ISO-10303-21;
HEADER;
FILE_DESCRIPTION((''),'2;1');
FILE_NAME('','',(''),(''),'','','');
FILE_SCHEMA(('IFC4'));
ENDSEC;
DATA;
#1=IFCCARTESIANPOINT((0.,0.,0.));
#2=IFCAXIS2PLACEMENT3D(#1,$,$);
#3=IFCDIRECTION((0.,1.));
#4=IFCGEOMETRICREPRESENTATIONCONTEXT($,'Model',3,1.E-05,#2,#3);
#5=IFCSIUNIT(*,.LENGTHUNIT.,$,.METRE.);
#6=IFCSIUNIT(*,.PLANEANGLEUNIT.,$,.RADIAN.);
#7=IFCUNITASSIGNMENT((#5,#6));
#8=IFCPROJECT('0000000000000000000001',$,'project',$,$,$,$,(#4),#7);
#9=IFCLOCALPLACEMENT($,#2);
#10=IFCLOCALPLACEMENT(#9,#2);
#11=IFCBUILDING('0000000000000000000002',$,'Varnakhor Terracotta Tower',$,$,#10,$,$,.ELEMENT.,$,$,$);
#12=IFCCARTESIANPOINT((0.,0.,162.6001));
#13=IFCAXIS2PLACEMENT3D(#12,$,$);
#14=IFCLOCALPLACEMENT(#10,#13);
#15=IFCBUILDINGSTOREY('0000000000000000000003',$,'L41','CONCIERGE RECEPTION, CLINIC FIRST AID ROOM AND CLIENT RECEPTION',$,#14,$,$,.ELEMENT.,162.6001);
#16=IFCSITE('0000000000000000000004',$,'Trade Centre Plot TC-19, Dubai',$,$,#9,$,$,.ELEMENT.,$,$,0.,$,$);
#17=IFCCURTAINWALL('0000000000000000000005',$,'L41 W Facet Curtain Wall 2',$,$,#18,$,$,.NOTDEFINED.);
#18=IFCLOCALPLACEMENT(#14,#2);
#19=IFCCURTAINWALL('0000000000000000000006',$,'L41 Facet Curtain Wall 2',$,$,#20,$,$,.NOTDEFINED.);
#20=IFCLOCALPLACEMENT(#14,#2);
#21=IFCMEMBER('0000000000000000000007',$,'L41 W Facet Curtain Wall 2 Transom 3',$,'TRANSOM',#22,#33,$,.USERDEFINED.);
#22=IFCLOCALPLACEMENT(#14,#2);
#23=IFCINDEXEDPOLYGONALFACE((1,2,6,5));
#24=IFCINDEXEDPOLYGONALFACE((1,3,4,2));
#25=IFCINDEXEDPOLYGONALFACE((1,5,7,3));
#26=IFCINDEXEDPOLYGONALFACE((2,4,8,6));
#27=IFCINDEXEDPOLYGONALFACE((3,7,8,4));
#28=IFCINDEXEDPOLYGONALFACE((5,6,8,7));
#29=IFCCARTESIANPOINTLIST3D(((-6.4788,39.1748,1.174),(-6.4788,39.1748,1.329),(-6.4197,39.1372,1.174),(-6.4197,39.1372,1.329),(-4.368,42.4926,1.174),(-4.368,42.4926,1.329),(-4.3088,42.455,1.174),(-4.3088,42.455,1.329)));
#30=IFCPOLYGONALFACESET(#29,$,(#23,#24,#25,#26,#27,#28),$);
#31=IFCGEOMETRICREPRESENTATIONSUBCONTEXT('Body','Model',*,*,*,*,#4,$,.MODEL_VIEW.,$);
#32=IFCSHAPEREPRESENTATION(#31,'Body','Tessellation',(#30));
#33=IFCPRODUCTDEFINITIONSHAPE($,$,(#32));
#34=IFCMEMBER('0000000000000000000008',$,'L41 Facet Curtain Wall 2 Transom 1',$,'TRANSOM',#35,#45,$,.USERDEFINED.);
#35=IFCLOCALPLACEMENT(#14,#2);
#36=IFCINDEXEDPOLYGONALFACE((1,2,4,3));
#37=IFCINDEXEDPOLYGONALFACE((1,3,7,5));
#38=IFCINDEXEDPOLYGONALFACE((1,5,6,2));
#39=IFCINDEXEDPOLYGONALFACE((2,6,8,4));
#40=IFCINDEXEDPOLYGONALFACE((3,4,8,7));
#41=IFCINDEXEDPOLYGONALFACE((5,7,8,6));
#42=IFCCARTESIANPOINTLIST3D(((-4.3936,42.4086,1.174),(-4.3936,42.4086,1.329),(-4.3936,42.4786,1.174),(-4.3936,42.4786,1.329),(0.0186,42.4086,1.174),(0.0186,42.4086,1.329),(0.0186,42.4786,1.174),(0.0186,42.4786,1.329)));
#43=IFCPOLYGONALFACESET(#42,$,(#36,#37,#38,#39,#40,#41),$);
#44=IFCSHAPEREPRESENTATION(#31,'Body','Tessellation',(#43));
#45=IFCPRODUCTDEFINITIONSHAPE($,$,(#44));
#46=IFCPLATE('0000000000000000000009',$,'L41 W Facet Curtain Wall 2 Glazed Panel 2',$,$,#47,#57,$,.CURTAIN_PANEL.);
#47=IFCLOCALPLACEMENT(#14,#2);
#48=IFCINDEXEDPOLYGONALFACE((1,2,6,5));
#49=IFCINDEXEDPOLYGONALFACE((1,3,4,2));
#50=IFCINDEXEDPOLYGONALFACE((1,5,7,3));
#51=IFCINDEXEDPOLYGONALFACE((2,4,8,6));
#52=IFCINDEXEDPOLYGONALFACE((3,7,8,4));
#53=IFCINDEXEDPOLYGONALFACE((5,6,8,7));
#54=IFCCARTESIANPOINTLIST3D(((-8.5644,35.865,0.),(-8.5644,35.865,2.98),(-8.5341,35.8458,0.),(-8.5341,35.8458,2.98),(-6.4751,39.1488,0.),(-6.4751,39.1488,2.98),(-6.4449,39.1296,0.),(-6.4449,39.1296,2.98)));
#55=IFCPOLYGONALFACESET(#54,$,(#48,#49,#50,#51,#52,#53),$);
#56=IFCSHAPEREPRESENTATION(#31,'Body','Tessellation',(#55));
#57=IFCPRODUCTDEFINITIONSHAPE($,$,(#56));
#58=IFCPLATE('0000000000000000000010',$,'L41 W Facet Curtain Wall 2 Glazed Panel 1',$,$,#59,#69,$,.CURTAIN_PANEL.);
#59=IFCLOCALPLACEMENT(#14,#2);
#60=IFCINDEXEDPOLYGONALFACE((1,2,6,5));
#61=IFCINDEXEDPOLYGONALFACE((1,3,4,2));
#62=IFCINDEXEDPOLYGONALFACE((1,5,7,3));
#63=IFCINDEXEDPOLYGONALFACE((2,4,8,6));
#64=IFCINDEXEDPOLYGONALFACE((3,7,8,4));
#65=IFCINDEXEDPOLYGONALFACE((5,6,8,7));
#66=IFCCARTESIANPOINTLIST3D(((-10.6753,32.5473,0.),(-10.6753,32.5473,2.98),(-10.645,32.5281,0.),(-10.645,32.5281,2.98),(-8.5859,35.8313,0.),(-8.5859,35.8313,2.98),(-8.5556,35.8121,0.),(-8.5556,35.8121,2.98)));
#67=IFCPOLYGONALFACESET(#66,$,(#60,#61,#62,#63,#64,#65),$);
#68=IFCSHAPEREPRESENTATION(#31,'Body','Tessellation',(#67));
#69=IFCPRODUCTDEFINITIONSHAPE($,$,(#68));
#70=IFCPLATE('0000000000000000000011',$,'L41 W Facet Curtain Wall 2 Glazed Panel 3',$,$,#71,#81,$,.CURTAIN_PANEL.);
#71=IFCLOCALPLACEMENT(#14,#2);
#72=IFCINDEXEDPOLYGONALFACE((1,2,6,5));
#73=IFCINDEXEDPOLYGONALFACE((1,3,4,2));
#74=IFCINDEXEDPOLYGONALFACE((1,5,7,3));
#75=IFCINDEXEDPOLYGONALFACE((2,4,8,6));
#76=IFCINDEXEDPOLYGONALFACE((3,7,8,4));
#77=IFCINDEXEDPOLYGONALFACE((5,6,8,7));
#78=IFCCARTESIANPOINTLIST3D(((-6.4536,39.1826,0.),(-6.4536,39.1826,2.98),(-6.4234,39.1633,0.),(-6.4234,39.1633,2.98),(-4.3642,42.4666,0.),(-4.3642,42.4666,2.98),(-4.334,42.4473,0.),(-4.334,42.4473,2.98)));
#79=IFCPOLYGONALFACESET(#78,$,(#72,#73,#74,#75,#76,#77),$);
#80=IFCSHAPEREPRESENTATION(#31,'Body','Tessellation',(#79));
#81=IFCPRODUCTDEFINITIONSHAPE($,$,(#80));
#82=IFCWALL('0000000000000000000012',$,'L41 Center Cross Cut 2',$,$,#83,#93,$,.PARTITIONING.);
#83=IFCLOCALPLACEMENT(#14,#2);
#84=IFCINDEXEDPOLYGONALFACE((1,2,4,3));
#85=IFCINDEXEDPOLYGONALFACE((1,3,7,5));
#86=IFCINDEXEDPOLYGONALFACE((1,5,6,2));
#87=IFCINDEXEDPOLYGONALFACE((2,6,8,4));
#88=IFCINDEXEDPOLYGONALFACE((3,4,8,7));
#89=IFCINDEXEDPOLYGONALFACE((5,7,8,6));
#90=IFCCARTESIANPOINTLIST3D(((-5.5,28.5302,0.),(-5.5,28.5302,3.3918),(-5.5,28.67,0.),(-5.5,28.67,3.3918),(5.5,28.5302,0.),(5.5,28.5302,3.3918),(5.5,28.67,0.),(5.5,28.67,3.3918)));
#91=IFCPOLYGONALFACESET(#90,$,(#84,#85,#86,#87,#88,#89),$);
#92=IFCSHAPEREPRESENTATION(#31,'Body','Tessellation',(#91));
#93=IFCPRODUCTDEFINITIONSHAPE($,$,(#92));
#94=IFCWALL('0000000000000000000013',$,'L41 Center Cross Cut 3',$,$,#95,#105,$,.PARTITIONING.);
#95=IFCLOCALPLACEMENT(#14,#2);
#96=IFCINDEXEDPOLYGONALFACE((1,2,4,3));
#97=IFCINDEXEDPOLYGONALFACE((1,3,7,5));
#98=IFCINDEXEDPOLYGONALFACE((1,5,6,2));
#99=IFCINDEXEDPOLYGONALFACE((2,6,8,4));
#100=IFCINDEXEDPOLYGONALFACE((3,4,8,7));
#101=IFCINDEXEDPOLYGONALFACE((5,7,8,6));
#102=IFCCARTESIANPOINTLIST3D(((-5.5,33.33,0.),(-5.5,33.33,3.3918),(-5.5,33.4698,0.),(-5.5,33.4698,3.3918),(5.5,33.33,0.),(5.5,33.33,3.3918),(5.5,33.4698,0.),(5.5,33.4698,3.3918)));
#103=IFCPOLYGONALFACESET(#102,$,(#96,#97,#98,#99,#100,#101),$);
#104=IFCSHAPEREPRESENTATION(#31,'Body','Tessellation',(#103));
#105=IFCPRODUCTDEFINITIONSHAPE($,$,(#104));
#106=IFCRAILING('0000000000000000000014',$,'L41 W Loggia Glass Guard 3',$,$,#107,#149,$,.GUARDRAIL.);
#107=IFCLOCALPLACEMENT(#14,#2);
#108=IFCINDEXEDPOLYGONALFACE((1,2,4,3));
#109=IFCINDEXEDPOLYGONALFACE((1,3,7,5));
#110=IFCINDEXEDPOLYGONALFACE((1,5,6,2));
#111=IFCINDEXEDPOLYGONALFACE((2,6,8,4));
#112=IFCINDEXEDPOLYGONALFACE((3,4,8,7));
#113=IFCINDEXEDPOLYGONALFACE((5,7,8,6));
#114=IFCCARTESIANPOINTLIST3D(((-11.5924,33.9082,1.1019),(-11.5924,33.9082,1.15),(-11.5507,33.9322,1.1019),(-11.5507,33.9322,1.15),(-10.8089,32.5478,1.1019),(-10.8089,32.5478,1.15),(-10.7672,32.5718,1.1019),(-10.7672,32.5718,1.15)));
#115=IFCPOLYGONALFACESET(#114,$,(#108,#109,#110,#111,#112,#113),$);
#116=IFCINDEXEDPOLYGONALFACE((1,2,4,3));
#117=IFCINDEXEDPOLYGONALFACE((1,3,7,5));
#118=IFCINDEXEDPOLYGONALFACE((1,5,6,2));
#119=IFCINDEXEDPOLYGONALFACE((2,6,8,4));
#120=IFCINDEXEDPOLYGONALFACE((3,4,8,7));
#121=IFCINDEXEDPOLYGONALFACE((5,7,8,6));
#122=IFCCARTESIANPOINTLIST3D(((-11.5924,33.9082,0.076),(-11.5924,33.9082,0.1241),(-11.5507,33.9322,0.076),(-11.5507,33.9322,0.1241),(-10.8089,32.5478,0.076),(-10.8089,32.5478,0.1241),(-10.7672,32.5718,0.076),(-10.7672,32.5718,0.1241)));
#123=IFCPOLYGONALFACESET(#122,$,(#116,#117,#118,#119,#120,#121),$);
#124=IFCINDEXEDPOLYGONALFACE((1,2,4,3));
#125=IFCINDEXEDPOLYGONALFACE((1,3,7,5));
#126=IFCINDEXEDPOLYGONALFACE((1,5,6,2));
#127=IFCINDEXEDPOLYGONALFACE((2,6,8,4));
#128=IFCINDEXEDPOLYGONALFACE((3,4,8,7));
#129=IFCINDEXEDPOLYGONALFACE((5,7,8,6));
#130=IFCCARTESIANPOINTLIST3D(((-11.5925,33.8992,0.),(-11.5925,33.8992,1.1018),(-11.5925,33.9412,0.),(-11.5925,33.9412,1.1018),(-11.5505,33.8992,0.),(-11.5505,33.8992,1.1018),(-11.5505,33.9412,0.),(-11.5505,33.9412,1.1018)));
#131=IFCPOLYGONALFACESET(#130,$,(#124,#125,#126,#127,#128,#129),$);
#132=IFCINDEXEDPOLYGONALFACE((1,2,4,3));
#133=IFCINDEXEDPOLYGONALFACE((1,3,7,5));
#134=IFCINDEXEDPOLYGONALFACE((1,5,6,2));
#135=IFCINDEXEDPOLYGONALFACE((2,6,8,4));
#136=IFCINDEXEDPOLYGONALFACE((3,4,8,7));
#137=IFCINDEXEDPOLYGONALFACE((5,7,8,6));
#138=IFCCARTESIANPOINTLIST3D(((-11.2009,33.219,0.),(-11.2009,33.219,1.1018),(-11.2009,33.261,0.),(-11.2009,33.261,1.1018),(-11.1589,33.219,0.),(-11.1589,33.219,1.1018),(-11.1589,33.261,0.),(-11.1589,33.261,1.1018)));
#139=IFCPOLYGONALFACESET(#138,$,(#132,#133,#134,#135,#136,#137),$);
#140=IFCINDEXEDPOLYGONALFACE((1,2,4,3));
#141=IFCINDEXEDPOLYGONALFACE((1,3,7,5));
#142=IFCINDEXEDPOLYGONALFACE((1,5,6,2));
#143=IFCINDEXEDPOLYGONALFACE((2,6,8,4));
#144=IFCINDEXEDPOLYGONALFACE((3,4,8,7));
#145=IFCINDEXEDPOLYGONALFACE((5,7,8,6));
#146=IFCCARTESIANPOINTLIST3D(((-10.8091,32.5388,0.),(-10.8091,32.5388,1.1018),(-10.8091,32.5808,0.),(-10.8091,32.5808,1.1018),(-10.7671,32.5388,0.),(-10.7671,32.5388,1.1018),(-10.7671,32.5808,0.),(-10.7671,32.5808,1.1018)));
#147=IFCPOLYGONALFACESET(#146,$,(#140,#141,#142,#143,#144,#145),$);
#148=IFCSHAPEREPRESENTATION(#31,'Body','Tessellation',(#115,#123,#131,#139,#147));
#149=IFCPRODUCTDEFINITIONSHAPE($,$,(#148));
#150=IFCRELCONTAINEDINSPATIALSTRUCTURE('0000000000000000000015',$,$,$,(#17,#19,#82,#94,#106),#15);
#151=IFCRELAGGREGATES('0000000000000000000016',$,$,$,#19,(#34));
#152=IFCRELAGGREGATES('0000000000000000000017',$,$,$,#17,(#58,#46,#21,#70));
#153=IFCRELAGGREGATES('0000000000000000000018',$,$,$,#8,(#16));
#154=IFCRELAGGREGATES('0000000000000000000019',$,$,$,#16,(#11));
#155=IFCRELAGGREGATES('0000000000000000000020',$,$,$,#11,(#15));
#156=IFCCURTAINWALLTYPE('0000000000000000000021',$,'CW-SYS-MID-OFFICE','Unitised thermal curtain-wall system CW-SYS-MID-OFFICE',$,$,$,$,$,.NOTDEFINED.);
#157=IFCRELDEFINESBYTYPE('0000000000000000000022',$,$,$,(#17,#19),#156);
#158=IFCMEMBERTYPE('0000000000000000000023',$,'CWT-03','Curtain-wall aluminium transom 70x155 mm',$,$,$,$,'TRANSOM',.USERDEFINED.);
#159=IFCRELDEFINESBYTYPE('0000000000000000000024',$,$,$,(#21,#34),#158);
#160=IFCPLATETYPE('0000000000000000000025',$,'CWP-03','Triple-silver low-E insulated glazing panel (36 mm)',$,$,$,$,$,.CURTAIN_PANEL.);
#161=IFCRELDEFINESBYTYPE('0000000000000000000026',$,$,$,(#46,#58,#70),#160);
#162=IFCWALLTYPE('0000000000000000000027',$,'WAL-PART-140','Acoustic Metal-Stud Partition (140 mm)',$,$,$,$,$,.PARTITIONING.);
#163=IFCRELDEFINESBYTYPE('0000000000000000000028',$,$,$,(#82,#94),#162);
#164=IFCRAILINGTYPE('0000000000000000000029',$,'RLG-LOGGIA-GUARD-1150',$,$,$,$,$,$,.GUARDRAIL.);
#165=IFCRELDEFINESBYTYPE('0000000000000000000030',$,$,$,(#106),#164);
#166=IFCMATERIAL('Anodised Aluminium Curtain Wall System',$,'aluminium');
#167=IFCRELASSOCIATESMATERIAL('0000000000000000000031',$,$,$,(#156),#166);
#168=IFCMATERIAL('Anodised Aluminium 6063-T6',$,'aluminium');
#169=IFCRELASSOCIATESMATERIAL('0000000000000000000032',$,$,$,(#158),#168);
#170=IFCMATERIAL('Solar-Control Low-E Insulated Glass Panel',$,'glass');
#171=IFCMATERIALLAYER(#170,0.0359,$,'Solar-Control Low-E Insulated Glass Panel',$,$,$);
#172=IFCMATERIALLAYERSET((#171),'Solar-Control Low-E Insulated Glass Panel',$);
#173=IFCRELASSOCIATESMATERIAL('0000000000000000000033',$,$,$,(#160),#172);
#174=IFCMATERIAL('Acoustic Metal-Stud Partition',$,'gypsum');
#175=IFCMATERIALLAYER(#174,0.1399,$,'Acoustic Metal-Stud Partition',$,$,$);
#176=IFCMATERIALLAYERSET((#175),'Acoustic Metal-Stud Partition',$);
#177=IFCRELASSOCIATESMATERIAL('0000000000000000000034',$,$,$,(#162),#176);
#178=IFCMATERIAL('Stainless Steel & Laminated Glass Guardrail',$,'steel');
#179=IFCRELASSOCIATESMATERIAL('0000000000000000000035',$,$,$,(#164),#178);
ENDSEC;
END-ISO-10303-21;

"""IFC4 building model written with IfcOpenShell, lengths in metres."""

from ifc_helpers import new_model, si_unit, direction, frame, frame_2d, origin, origin_2d, place, context, subcontext, project, spatial, rectangle, extrude, source, transform, mapped, material, layer, layer_set, material_profile, profile_set, type_object, element, aggregate, save


model = new_model("IFC4")

# Units and contexts
model_context = context("Model", 3, precision=1e-05, world=origin(), true_north=direction((0.0, 1.0)))
body_context = subcontext(model_context, "Body", "Model", "MODEL_VIEW")
ifc_project = project(units=[si_unit("LENGTHUNIT", "METRE"), si_unit("PLANEANGLEUNIT", "RADIAN")], contexts=[model_context])

# Site, building, storey
site_placement = place(None, origin())
site = spatial("IfcSite", under=ifc_project, at=site_placement, Name="Trade Centre Plot TC-19, Dubai", CompositionType="ELEMENT", RefElevation=0.0)
building_placement = place(site_placement, origin())
building = spatial("IfcBuilding", under=site, at=building_placement, Name="Varnakhor Terracotta Tower", CompositionType="ELEMENT")
storey_placement = place(building_placement, frame((0.0, 0.0, 162.6001)))
storey = spatial("IfcBuildingStorey", under=building, at=storey_placement, Name="L41", Description="CONCIERGE RECEPTION, CLINIC FIRST AID ROOM AND CLIENT RECEPTION", CompositionType="ELEMENT", Elevation=162.6001)

# Curtain wall
ifc_material_1 = material(Name="Anodised Aluminium Curtain Wall System", Category="aluminium")
curtain_wall_type = type_object("IfcCurtainWallType", Name="CW-SYS-MID-OFFICE", Description="Unitised thermal curtain-wall system CW-SYS-MID-OFFICE", PredefinedType="NOTDEFINED", material=ifc_material_1)
curtain_wall_1_placement = place(storey_placement, origin())
curtain_wall_1 = element("IfcCurtainWall", 1, at=curtain_wall_1_placement, inside=storey, type_object=curtain_wall_type, Name="L41 W Facet Curtain Wall 2", PredefinedType="NOTDEFINED")
ifc_material_2 = material(Name="Anodised Aluminium 6063-T6", Category="aluminium")

# Curtain wall
curtain_wall_2_placement = place(storey_placement, origin())
curtain_wall_2 = element("IfcCurtainWall", 2, at=curtain_wall_2_placement, inside=storey, type_object=curtain_wall_type, Name="L41 Facet Curtain Wall 2", PredefinedType="NOTDEFINED")

# Members
ifc_material_profile_1 = material_profile(ifc_material_2, rectangle(XDim=0.0701, YDim=0.155, at=origin_2d()), Name="ALU TRANSOM 70x155")
ifc_profile_set_1 = profile_set([ifc_material_profile_1], Name="Anodised Aluminium 6063-T6")
member_type_1 = type_object("IfcMemberType", Name="CWT-03", Description="Curtain-wall aluminium transom 70x155 mm", ElementType="TRANSOM", PredefinedType="USERDEFINED", material=ifc_profile_set_1)
shared_shape_1 = source(origin(), body_context, "Body", "SweptSolid", [
    extrude(rectangle(XDim=0.0701, YDim=0.155, at=origin_2d()), origin(), (0.0, 0.0, 1.0), 3.9324),
])
member_1_placement = place(storey_placement, frame((-6.4492, 39.156, 1.2515), z_axis=(0.536779, 0.843723, 0.0), x_axis=(-0.843723, 0.536779, 0.0)))
member_1 = element("IfcMember", 3, at=member_1_placement, type_object=member_type_1, Name="L41 W Facet Curtain Wall 2 Transom 3", ObjectType="TRANSOM", PredefinedType="USERDEFINED", context=body_context, shape_type="MappedRepresentation", body=[
    mapped(shared_shape_1, transform((0.0, 0.0, 0.0), scale=1.0)),
])
shared_shape_2 = source(origin(), body_context, "Body", "SweptSolid", [
    extrude(rectangle(XDim=0.0701, YDim=0.155, at=origin_2d()), origin(), (0.0, 0.0, 1.0), 4.4121),
])
member_2_placement = place(storey_placement, frame((-4.3936, 42.4436, 1.2515), z_axis=(1.0, 0.0, 0.0), x_axis=(0.0, 1.0, 0.0)))
member_2 = element("IfcMember", 4, at=member_2_placement, type_object=member_type_1, Name="L41 Facet Curtain Wall 2 Transom 1", ObjectType="TRANSOM", PredefinedType="USERDEFINED", context=body_context, shape_type="MappedRepresentation", body=[
    mapped(shared_shape_2, transform((0.0, 0.0, 0.0), scale=1.0)),
])
aggregate(curtain_wall_2, [member_2])

# Plates
ifc_material_3 = material(Name="Solar-Control Low-E Insulated Glass Panel", Category="glass")
ifc_layer_1 = layer(ifc_material_3, 0.0359, Name="Solar-Control Low-E Insulated Glass Panel")
ifc_layer_set_1 = layer_set([ifc_layer_1], Name="Solar-Control Low-E Insulated Glass Panel")
plate_type = type_object("IfcPlateType", Name="CWP-03", Description="Triple-silver low-E insulated glazing panel (36 mm)", PredefinedType="CURTAIN_PANEL", material=ifc_layer_set_1)
shared_shape_3 = source(origin(), body_context, "Body", "SweptSolid", [
    extrude(rectangle(XDim=3.8921, YDim=0.0359, at=origin_2d()), origin(), (0.0, 0.0, 1.0), 2.98),
])
plate_1_placement = place(storey_placement, frame((-7.5046, 37.4973, 0.0), z_axis=(0.0, 0.0, 1.0), x_axis=(0.536799, 0.84371, 0.0)))
plate_1 = element("IfcPlate", 5, at=plate_1_placement, type_object=plate_type, Name="L41 W Facet Curtain Wall 2 Glazed Panel 2", PredefinedType="CURTAIN_PANEL", context=body_context, shape_type="MappedRepresentation", body=[
    mapped(shared_shape_3, transform((0.0, 0.0, 0.0), scale=1.0)),
])
shared_shape_4 = source(origin(), body_context, "Body", "SweptSolid", [
    extrude(rectangle(XDim=3.8923, YDim=0.0359, at=origin_2d()), origin(), (0.0, 0.0, 1.0), 2.98),
])
plate_2_placement = place(storey_placement, frame((-9.6155, 34.1797, 0.0), z_axis=(0.0, 0.0, 1.0), x_axis=(0.536799, 0.84371, 0.0)))
plate_2 = element("IfcPlate", 6, at=plate_2_placement, type_object=plate_type, Name="L41 W Facet Curtain Wall 2 Glazed Panel 1", PredefinedType="CURTAIN_PANEL", context=body_context, shape_type="MappedRepresentation", body=[
    mapped(shared_shape_4, transform((0.0, 0.0, 0.0), scale=1.0)),
])
plate_3_placement = place(storey_placement, frame((-5.3938, 40.8149, 0.0), z_axis=(0.0, 0.0, 1.0), x_axis=(0.536799, 0.84371, 0.0)))
plate_3 = element("IfcPlate", 7, at=plate_3_placement, type_object=plate_type, Name="L41 W Facet Curtain Wall 2 Glazed Panel 3", PredefinedType="CURTAIN_PANEL", context=body_context, shape_type="MappedRepresentation", body=[
    mapped(shared_shape_4, transform((0.0, 0.0, 0.0), scale=1.0)),
])
aggregate(curtain_wall_1, [plate_2, plate_1, member_1, plate_3])

# Walls
ifc_material_4 = material(Name="Acoustic Metal-Stud Partition", Category="gypsum")
ifc_layer_2 = layer(ifc_material_4, 0.1399, Name="Acoustic Metal-Stud Partition")
ifc_layer_set_2 = layer_set([ifc_layer_2], Name="Acoustic Metal-Stud Partition")
wall_type = type_object("IfcWallType", Name="WAL-PART-140", Description="Acoustic Metal-Stud Partition (140 mm)", PredefinedType="PARTITIONING", material=ifc_layer_set_2)
for number, where, z_axis, x_axis, name in (
    (8, (-5.5, 28.6001, 0.0), (0.0, 0.0, 1.0), (1.0, 0.0, 0.0), "L41 Center Cross Cut 2"),
    (9, (-5.5, 33.3999, 0.0), (0.0, 0.0, 1.0), (1.0, 0.0, 0.0), "L41 Center Cross Cut 3"),
):
    element("IfcWall", number, at=place(storey_placement, frame(where, z_axis=z_axis, x_axis=x_axis)), inside=storey, type_object=wall_type, Name=name, PredefinedType="PARTITIONING", context=body_context, shape_type="SweptSolid", body=[
        extrude(rectangle(XDim=11.0, YDim=0.1399, at=frame_2d((5.5, 0.0))), origin(), (0.0, 0.0, 1.0), 3.3918),
    ])

# Railing
ifc_material_5 = material(Name="Stainless Steel & Laminated Glass Guardrail", Category="steel")
railing_type = type_object("IfcRailingType", Name="RLG-LOGGIA-GUARD-1150", PredefinedType="GUARDRAIL", material=ifc_material_5)
railing_placement = place(storey_placement, frame((-11.5715, 33.9202, 0.0)))
element("IfcRailing", 10, at=railing_placement, inside=storey, type_object=railing_type, Name="L41 W Loggia Glass Guard 3", PredefinedType="GUARDRAIL", context=body_context, shape_type="SweptSolid", body=[
    extrude(rectangle(XDim=0.0481, YDim=0.0481, at=origin_2d()), frame((0.0, 0.0, 1.126), z_axis=(0.499067, -0.866563, 0.0), x_axis=(0.866563, 0.499067, 0.0)), (0.0, 0.0, 1.0), 1.5698),
    extrude(rectangle(XDim=0.0481, YDim=0.0481, at=origin_2d()), frame((0.0, 0.0, 0.1001), z_axis=(0.499067, -0.866563, 0.0), x_axis=(0.866563, 0.499067, 0.0)), (0.0, 0.0, 1.0), 1.5698),
    extrude(rectangle(XDim=0.042, YDim=0.042, at=origin_2d()), origin(), (0.0, 0.0, 1.0), 1.1018),
    extrude(rectangle(XDim=0.042, YDim=0.042, at=origin_2d()), frame((0.3916, -0.6802, 0.0)), (0.0, 0.0, 1.0), 1.1018),
    extrude(rectangle(XDim=0.042, YDim=0.042, at=origin_2d()), frame((0.7834, -1.3604, 0.0)), (0.0, 0.0, 1.0), 1.1018),
])

save(model, "model.ifc")
